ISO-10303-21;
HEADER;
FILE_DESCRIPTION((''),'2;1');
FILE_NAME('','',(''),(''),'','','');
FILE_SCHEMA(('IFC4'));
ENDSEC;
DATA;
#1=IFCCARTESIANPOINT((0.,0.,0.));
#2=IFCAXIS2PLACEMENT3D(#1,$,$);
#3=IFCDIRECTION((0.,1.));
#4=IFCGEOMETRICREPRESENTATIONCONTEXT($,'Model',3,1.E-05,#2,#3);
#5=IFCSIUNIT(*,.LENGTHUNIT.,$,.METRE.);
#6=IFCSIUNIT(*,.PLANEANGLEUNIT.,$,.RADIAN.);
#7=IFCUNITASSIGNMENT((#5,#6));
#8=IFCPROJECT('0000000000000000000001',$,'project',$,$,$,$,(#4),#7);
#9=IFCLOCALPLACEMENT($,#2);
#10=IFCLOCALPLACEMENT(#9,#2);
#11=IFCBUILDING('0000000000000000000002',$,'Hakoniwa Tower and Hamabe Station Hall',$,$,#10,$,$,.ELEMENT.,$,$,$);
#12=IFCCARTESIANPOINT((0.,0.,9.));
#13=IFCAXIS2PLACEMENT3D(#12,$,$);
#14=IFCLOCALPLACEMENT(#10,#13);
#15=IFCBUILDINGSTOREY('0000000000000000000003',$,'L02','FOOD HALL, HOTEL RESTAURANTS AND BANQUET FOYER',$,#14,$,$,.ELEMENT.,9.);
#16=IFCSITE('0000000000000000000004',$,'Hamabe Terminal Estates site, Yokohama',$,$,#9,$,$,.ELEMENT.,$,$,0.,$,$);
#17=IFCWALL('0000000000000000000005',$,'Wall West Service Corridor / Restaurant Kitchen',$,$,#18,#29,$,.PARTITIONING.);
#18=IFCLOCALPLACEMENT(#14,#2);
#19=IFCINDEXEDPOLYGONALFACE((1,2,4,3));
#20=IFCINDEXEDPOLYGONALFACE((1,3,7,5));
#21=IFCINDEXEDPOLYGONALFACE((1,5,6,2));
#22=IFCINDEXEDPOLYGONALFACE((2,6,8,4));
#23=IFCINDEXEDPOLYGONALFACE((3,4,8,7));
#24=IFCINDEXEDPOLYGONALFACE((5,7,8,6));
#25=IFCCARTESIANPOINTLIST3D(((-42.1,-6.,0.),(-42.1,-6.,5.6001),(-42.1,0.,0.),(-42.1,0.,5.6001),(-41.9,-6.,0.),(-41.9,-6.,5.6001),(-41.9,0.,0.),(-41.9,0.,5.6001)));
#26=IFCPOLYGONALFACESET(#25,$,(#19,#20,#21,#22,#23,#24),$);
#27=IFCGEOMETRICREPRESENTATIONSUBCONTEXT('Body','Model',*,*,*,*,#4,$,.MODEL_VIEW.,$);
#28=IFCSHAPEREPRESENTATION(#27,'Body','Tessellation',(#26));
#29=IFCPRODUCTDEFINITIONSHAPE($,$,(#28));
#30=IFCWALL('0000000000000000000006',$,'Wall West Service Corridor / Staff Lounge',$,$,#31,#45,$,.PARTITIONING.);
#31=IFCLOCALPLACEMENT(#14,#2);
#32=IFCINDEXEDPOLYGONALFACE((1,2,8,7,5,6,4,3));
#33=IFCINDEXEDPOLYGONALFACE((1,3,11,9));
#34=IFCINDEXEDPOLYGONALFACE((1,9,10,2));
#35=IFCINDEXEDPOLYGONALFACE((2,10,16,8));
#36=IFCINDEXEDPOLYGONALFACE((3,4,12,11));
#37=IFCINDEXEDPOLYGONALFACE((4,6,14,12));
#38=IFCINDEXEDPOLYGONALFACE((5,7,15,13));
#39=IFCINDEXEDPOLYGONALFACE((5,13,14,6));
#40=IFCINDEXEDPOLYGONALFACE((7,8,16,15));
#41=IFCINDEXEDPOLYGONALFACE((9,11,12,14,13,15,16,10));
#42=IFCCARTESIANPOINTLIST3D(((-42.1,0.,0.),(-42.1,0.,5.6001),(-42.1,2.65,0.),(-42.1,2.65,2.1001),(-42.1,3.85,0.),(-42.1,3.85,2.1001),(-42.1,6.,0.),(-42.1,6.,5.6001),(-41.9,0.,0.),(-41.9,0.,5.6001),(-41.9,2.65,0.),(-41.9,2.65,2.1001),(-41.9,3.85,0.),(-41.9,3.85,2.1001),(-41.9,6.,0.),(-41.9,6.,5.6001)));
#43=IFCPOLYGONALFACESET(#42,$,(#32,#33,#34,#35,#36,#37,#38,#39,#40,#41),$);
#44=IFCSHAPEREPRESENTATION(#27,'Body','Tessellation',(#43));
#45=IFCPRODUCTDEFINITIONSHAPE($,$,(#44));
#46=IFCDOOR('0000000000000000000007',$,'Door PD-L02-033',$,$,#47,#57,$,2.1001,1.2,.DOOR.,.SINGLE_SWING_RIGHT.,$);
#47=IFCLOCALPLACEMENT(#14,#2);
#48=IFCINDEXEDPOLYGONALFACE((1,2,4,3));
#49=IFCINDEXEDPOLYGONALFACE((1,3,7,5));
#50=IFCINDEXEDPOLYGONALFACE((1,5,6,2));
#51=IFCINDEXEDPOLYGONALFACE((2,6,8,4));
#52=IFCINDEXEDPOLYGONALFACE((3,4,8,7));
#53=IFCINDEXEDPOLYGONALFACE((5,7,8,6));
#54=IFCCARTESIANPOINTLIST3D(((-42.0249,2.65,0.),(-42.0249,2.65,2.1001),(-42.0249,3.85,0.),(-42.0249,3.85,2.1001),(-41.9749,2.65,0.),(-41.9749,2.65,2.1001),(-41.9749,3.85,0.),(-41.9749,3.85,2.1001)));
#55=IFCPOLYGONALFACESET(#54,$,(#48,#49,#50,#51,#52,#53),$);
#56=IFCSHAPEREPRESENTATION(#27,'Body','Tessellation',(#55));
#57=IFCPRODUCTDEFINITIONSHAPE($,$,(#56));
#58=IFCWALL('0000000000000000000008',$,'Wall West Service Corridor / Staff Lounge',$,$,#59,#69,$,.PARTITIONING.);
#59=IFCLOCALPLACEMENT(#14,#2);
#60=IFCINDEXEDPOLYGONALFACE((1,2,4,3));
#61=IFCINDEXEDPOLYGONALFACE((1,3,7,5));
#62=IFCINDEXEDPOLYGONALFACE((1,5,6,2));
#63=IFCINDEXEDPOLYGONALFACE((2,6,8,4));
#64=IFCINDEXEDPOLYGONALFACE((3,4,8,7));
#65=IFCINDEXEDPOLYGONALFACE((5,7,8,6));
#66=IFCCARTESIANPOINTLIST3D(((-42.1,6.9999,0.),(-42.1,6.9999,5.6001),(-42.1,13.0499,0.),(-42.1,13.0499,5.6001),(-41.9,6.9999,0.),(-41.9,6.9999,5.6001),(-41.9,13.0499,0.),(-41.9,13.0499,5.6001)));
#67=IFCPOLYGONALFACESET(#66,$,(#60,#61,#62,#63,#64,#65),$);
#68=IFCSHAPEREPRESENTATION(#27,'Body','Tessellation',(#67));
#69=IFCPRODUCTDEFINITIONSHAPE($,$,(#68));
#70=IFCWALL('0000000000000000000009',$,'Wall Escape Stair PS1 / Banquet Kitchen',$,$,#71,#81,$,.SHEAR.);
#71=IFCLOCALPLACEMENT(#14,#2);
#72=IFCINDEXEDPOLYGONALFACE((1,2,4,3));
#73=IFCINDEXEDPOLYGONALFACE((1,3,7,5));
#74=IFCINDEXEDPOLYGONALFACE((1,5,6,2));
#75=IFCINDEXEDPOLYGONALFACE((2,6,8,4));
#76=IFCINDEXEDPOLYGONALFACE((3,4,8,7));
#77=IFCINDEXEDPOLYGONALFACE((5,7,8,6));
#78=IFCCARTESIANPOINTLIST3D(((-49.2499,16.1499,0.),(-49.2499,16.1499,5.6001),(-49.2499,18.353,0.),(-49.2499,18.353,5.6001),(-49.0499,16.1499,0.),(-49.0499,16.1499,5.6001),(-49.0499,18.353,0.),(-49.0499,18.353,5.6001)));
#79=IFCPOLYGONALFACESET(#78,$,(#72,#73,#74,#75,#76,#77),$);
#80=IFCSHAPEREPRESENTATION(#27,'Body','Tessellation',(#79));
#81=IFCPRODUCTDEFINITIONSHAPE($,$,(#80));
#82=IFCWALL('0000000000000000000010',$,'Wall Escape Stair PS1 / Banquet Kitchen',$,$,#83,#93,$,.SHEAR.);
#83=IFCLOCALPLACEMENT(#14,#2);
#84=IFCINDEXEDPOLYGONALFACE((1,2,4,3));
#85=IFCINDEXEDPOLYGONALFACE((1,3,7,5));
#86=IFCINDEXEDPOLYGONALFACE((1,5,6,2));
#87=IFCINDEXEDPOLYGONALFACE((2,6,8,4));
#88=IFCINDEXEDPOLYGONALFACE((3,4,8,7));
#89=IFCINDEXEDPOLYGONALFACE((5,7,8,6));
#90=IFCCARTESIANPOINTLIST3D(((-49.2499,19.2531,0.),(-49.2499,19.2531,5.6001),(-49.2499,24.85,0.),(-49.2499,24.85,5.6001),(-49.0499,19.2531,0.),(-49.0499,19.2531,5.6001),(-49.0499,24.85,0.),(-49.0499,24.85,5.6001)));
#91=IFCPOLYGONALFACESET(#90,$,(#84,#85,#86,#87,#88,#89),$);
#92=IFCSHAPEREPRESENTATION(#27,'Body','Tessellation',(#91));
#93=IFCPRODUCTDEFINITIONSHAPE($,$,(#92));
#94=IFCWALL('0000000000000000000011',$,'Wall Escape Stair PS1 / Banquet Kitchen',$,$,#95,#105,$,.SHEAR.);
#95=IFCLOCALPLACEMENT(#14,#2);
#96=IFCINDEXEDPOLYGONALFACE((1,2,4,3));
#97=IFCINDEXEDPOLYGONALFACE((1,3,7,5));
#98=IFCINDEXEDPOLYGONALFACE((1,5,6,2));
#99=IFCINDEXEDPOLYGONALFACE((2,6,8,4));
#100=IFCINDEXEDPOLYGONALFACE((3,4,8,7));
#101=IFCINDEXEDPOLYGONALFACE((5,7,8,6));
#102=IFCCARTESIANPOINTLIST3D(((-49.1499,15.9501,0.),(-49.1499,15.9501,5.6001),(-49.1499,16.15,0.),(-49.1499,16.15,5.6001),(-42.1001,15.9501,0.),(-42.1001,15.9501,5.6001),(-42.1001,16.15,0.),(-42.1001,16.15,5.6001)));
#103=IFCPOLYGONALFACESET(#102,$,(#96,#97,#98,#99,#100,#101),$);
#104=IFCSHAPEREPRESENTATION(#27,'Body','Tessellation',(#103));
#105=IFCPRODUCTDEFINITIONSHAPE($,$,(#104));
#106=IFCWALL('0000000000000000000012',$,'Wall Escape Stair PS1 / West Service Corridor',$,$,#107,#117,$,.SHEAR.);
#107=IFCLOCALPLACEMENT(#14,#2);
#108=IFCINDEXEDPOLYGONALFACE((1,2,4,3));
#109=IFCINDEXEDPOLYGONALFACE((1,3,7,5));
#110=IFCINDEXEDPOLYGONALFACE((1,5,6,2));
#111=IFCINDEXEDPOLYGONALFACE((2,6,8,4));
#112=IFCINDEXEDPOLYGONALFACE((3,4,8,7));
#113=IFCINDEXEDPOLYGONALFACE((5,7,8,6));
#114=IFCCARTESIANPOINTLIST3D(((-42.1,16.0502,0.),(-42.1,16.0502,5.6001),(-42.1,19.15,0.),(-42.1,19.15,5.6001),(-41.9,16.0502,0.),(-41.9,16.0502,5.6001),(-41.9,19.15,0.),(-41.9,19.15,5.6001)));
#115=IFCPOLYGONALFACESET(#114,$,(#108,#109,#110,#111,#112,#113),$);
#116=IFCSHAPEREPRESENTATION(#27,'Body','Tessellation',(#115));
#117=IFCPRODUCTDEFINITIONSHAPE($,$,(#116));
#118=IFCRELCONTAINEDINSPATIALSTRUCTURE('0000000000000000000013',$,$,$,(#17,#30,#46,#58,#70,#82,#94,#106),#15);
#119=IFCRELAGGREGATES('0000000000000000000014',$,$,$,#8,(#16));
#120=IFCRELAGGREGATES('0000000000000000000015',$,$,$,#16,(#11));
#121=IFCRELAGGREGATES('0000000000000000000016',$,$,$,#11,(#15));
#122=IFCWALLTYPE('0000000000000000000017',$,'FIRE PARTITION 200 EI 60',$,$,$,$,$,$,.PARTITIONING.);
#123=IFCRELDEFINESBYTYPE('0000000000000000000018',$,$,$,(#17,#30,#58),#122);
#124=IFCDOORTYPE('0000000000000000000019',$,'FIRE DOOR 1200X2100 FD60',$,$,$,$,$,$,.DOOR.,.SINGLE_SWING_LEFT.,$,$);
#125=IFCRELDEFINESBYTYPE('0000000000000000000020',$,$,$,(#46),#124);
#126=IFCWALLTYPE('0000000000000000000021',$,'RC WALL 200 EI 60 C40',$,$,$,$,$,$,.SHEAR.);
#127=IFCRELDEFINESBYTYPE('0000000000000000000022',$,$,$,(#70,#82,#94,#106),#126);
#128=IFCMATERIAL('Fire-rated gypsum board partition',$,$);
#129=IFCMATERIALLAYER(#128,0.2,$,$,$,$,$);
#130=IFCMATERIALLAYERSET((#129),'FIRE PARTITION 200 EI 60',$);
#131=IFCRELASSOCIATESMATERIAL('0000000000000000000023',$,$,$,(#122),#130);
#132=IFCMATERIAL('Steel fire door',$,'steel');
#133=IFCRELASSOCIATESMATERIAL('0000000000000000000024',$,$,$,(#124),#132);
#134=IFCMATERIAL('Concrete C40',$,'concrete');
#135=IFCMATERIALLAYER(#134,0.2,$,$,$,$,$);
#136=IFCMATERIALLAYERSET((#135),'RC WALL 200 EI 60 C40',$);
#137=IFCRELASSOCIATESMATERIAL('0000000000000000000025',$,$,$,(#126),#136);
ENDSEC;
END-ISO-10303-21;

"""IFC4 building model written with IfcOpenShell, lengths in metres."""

from ifc_helpers import new_model, si_unit, direction, frame, frame_2d, origin, place, context, subcontext, project, spatial, rectangle, extrude, material, layer, layer_set, type_object, element, fill, save


model = new_model("IFC4")

# Units and contexts
model_context = context("Model", 3, precision=1e-05, world=origin(), true_north=direction((0.0, 1.0)))
body_context = subcontext(model_context, "Body", "Model", "MODEL_VIEW")
ifc_project = project(units=[si_unit("LENGTHUNIT", "METRE"), si_unit("PLANEANGLEUNIT", "RADIAN")], contexts=[model_context])

# Site, building, storey
site_placement = place(None, origin())
site = spatial("IfcSite", under=ifc_project, at=site_placement, Name="Hamabe Terminal Estates site, Yokohama", CompositionType="ELEMENT", RefElevation=0.0)
building_placement = place(site_placement, origin())
building = spatial("IfcBuilding", under=site, at=building_placement, Name="Hakoniwa Tower and Hamabe Station Hall", CompositionType="ELEMENT")
storey_placement = place(building_placement, frame((0.0, 0.0, 9.0)))
storey = spatial("IfcBuildingStorey", under=building, at=storey_placement, Name="L02", Description="FOOD HALL, HOTEL RESTAURANTS AND BANQUET FOYER", CompositionType="ELEMENT", Elevation=9.0)

# Shared definitions
ifc_material_1 = material(Name="Fire-rated gypsum board partition")
ifc_layer_1 = layer(ifc_material_1, 0.2)
ifc_layer_set_1 = layer_set([ifc_layer_1], Name="FIRE PARTITION 200 EI 60")
wall_type_1 = type_object("IfcWallType", Name="FIRE PARTITION 200 EI 60", PredefinedType="PARTITIONING", material=ifc_layer_set_1)

# Shared definitions
ifc_material_2 = material(Name="Steel fire door", Category="steel")
door_type_1 = type_object("IfcDoorType", Name="FIRE DOOR 1200X2100 FD60", OperationType="SINGLE_SWING_LEFT", PredefinedType="DOOR", material=ifc_material_2)

# Wall
wall_1_placement = place(storey_placement, frame((-42.0, -6.0, 0.0), z_axis=(0.0, 0.0, 1.0), x_axis=(0.0, 1.0, 0.0)))
element("IfcWall", 1, at=wall_1_placement, inside=storey, type_object=wall_type_1, Name="Wall West Service Corridor / Restaurant Kitchen", PredefinedType="PARTITIONING", context=body_context, shape_type="SweptSolid", body=[
    extrude(rectangle(XDim=6.0, YDim=0.2, at=frame_2d((3.0, 0.0))), origin(), (0.0, 0.0, 1.0), 5.6001),
])

# Wall, opening, door
wall_2_placement = place(storey_placement, frame((-42.0, 0.0, 0.0), z_axis=(0.0, 0.0, 1.0), x_axis=(0.0, 1.0, 0.0)))
wall_2 = element("IfcWall", 2, at=wall_2_placement, inside=storey, type_object=wall_type_1, Name="Wall West Service Corridor / Staff Lounge", PredefinedType="PARTITIONING", context=body_context, shape_type="SweptSolid", body=[
    extrude(rectangle(XDim=6.0, YDim=0.2, at=frame_2d((3.0, 0.0))), origin(), (0.0, 0.0, 1.0), 5.6001),
])
opening_1_placement = place(wall_2_placement, frame((2.6499, 0.0, 0.0)))
opening_1 = element("IfcOpeningElement", 3, at=opening_1_placement, cuts=wall_2, PredefinedType="OPENING", context=body_context, shape_type="SweptSolid", body=[
    extrude(rectangle(XDim=1.2, YDim=2.1001, at=frame_2d((0.6001, 1.05))), frame((0.0, 0.1099, 0.0), z_axis=(0.0, -1.0, 0.0), x_axis=(1.0, 0.0, 0.0)), (0.0, 0.0, 1.0), 0.22),
])
door_1_placement = place(opening_1_placement, origin())
door_1 = element("IfcDoor", 4, at=door_1_placement, inside=storey, type_object=door_type_1, Name="Door PD-L02-033", OperationType="SINGLE_SWING_RIGHT", OverallHeight=2.1001, OverallWidth=1.2, PredefinedType="DOOR", context=body_context, shape_type="SweptSolid", body=[
    extrude(rectangle(XDim=1.2, YDim=2.1001, at=frame_2d((0.6001, 1.05))), frame((0.0, 0.0249, 0.0), z_axis=(0.0, -1.0, 0.0), x_axis=(1.0, 0.0, 0.0)), (0.0, 0.0, 1.0), 0.05),
])
fill(opening_1, door_1)

# Walls
wall_3_placement = place(storey_placement, frame((-42.0, 7.0, 0.0), z_axis=(0.0, 0.0, 1.0), x_axis=(0.0, 1.0, 0.0)))
element("IfcWall", 5, at=wall_3_placement, inside=storey, type_object=wall_type_1, Name="Wall West Service Corridor / Staff Lounge", PredefinedType="PARTITIONING", context=body_context, shape_type="SweptSolid", body=[
    extrude(rectangle(XDim=6.05, YDim=0.2, at=frame_2d((3.0249, 0.0))), origin(), (0.0, 0.0, 1.0), 5.6001),
])
ifc_material_3 = material(Name="Concrete C40", Category="concrete")
ifc_layer_2 = layer(ifc_material_3, 0.2)
ifc_layer_set_2 = layer_set([ifc_layer_2], Name="RC WALL 200 EI 60 C40")
wall_type_2 = type_object("IfcWallType", Name="RC WALL 200 EI 60 C40", PredefinedType="SHEAR", material=ifc_layer_set_2)
wall_4_placement = place(storey_placement, frame((-49.1499, 16.1499, 0.0), z_axis=(0.0, 0.0, 1.0), x_axis=(0.0, 1.0, 0.0)))
element("IfcWall", 6, at=wall_4_placement, inside=storey, type_object=wall_type_2, Name="Wall Escape Stair PS1 / Banquet Kitchen", PredefinedType="SHEAR", context=body_context, shape_type="SweptSolid", body=[
    extrude(rectangle(XDim=2.2031, YDim=0.2, at=frame_2d((1.1016, 0.0))), origin(), (0.0, 0.0, 1.0), 5.6001),
])
wall_5_placement = place(storey_placement, frame((-49.1499, 19.2532, 0.0), z_axis=(0.0, 0.0, 1.0), x_axis=(0.0, 1.0, 0.0)))
element("IfcWall", 7, at=wall_5_placement, inside=storey, type_object=wall_type_2, Name="Wall Escape Stair PS1 / Banquet Kitchen", PredefinedType="SHEAR", context=body_context, shape_type="SweptSolid", body=[
    extrude(rectangle(XDim=5.5969, YDim=0.2, at=frame_2d((2.7983, 0.0))), origin(), (0.0, 0.0, 1.0), 5.6001),
])
wall_6_placement = place(storey_placement, frame((-42.1001, 16.05, 0.0), z_axis=(0.0, 0.0, 1.0), x_axis=(-1.0, 0.0, 0.0)))
element("IfcWall", 8, at=wall_6_placement, inside=storey, type_object=wall_type_2, Name="Wall Escape Stair PS1 / Banquet Kitchen", PredefinedType="SHEAR", context=body_context, shape_type="SweptSolid", body=[
    extrude(rectangle(XDim=7.0498, YDim=0.2, at=frame_2d((3.5249, 0.0))), origin(), (0.0, 0.0, 1.0), 5.6001),
])
wall_7_placement = place(storey_placement, frame((-42.0, 19.1499, 0.0), z_axis=(0.0, 0.0, 1.0), x_axis=(0.0, -1.0, 0.0)))
element("IfcWall", 9, at=wall_7_placement, inside=storey, type_object=wall_type_2, Name="Wall Escape Stair PS1 / West Service Corridor", PredefinedType="SHEAR", context=body_context, shape_type="SweptSolid", body=[
    extrude(rectangle(XDim=3.0999, YDim=0.2, at=frame_2d((1.5498, 0.0))), origin(), (0.0, 0.0, 1.0), 5.6001),
])

save(model, "model.ifc")
